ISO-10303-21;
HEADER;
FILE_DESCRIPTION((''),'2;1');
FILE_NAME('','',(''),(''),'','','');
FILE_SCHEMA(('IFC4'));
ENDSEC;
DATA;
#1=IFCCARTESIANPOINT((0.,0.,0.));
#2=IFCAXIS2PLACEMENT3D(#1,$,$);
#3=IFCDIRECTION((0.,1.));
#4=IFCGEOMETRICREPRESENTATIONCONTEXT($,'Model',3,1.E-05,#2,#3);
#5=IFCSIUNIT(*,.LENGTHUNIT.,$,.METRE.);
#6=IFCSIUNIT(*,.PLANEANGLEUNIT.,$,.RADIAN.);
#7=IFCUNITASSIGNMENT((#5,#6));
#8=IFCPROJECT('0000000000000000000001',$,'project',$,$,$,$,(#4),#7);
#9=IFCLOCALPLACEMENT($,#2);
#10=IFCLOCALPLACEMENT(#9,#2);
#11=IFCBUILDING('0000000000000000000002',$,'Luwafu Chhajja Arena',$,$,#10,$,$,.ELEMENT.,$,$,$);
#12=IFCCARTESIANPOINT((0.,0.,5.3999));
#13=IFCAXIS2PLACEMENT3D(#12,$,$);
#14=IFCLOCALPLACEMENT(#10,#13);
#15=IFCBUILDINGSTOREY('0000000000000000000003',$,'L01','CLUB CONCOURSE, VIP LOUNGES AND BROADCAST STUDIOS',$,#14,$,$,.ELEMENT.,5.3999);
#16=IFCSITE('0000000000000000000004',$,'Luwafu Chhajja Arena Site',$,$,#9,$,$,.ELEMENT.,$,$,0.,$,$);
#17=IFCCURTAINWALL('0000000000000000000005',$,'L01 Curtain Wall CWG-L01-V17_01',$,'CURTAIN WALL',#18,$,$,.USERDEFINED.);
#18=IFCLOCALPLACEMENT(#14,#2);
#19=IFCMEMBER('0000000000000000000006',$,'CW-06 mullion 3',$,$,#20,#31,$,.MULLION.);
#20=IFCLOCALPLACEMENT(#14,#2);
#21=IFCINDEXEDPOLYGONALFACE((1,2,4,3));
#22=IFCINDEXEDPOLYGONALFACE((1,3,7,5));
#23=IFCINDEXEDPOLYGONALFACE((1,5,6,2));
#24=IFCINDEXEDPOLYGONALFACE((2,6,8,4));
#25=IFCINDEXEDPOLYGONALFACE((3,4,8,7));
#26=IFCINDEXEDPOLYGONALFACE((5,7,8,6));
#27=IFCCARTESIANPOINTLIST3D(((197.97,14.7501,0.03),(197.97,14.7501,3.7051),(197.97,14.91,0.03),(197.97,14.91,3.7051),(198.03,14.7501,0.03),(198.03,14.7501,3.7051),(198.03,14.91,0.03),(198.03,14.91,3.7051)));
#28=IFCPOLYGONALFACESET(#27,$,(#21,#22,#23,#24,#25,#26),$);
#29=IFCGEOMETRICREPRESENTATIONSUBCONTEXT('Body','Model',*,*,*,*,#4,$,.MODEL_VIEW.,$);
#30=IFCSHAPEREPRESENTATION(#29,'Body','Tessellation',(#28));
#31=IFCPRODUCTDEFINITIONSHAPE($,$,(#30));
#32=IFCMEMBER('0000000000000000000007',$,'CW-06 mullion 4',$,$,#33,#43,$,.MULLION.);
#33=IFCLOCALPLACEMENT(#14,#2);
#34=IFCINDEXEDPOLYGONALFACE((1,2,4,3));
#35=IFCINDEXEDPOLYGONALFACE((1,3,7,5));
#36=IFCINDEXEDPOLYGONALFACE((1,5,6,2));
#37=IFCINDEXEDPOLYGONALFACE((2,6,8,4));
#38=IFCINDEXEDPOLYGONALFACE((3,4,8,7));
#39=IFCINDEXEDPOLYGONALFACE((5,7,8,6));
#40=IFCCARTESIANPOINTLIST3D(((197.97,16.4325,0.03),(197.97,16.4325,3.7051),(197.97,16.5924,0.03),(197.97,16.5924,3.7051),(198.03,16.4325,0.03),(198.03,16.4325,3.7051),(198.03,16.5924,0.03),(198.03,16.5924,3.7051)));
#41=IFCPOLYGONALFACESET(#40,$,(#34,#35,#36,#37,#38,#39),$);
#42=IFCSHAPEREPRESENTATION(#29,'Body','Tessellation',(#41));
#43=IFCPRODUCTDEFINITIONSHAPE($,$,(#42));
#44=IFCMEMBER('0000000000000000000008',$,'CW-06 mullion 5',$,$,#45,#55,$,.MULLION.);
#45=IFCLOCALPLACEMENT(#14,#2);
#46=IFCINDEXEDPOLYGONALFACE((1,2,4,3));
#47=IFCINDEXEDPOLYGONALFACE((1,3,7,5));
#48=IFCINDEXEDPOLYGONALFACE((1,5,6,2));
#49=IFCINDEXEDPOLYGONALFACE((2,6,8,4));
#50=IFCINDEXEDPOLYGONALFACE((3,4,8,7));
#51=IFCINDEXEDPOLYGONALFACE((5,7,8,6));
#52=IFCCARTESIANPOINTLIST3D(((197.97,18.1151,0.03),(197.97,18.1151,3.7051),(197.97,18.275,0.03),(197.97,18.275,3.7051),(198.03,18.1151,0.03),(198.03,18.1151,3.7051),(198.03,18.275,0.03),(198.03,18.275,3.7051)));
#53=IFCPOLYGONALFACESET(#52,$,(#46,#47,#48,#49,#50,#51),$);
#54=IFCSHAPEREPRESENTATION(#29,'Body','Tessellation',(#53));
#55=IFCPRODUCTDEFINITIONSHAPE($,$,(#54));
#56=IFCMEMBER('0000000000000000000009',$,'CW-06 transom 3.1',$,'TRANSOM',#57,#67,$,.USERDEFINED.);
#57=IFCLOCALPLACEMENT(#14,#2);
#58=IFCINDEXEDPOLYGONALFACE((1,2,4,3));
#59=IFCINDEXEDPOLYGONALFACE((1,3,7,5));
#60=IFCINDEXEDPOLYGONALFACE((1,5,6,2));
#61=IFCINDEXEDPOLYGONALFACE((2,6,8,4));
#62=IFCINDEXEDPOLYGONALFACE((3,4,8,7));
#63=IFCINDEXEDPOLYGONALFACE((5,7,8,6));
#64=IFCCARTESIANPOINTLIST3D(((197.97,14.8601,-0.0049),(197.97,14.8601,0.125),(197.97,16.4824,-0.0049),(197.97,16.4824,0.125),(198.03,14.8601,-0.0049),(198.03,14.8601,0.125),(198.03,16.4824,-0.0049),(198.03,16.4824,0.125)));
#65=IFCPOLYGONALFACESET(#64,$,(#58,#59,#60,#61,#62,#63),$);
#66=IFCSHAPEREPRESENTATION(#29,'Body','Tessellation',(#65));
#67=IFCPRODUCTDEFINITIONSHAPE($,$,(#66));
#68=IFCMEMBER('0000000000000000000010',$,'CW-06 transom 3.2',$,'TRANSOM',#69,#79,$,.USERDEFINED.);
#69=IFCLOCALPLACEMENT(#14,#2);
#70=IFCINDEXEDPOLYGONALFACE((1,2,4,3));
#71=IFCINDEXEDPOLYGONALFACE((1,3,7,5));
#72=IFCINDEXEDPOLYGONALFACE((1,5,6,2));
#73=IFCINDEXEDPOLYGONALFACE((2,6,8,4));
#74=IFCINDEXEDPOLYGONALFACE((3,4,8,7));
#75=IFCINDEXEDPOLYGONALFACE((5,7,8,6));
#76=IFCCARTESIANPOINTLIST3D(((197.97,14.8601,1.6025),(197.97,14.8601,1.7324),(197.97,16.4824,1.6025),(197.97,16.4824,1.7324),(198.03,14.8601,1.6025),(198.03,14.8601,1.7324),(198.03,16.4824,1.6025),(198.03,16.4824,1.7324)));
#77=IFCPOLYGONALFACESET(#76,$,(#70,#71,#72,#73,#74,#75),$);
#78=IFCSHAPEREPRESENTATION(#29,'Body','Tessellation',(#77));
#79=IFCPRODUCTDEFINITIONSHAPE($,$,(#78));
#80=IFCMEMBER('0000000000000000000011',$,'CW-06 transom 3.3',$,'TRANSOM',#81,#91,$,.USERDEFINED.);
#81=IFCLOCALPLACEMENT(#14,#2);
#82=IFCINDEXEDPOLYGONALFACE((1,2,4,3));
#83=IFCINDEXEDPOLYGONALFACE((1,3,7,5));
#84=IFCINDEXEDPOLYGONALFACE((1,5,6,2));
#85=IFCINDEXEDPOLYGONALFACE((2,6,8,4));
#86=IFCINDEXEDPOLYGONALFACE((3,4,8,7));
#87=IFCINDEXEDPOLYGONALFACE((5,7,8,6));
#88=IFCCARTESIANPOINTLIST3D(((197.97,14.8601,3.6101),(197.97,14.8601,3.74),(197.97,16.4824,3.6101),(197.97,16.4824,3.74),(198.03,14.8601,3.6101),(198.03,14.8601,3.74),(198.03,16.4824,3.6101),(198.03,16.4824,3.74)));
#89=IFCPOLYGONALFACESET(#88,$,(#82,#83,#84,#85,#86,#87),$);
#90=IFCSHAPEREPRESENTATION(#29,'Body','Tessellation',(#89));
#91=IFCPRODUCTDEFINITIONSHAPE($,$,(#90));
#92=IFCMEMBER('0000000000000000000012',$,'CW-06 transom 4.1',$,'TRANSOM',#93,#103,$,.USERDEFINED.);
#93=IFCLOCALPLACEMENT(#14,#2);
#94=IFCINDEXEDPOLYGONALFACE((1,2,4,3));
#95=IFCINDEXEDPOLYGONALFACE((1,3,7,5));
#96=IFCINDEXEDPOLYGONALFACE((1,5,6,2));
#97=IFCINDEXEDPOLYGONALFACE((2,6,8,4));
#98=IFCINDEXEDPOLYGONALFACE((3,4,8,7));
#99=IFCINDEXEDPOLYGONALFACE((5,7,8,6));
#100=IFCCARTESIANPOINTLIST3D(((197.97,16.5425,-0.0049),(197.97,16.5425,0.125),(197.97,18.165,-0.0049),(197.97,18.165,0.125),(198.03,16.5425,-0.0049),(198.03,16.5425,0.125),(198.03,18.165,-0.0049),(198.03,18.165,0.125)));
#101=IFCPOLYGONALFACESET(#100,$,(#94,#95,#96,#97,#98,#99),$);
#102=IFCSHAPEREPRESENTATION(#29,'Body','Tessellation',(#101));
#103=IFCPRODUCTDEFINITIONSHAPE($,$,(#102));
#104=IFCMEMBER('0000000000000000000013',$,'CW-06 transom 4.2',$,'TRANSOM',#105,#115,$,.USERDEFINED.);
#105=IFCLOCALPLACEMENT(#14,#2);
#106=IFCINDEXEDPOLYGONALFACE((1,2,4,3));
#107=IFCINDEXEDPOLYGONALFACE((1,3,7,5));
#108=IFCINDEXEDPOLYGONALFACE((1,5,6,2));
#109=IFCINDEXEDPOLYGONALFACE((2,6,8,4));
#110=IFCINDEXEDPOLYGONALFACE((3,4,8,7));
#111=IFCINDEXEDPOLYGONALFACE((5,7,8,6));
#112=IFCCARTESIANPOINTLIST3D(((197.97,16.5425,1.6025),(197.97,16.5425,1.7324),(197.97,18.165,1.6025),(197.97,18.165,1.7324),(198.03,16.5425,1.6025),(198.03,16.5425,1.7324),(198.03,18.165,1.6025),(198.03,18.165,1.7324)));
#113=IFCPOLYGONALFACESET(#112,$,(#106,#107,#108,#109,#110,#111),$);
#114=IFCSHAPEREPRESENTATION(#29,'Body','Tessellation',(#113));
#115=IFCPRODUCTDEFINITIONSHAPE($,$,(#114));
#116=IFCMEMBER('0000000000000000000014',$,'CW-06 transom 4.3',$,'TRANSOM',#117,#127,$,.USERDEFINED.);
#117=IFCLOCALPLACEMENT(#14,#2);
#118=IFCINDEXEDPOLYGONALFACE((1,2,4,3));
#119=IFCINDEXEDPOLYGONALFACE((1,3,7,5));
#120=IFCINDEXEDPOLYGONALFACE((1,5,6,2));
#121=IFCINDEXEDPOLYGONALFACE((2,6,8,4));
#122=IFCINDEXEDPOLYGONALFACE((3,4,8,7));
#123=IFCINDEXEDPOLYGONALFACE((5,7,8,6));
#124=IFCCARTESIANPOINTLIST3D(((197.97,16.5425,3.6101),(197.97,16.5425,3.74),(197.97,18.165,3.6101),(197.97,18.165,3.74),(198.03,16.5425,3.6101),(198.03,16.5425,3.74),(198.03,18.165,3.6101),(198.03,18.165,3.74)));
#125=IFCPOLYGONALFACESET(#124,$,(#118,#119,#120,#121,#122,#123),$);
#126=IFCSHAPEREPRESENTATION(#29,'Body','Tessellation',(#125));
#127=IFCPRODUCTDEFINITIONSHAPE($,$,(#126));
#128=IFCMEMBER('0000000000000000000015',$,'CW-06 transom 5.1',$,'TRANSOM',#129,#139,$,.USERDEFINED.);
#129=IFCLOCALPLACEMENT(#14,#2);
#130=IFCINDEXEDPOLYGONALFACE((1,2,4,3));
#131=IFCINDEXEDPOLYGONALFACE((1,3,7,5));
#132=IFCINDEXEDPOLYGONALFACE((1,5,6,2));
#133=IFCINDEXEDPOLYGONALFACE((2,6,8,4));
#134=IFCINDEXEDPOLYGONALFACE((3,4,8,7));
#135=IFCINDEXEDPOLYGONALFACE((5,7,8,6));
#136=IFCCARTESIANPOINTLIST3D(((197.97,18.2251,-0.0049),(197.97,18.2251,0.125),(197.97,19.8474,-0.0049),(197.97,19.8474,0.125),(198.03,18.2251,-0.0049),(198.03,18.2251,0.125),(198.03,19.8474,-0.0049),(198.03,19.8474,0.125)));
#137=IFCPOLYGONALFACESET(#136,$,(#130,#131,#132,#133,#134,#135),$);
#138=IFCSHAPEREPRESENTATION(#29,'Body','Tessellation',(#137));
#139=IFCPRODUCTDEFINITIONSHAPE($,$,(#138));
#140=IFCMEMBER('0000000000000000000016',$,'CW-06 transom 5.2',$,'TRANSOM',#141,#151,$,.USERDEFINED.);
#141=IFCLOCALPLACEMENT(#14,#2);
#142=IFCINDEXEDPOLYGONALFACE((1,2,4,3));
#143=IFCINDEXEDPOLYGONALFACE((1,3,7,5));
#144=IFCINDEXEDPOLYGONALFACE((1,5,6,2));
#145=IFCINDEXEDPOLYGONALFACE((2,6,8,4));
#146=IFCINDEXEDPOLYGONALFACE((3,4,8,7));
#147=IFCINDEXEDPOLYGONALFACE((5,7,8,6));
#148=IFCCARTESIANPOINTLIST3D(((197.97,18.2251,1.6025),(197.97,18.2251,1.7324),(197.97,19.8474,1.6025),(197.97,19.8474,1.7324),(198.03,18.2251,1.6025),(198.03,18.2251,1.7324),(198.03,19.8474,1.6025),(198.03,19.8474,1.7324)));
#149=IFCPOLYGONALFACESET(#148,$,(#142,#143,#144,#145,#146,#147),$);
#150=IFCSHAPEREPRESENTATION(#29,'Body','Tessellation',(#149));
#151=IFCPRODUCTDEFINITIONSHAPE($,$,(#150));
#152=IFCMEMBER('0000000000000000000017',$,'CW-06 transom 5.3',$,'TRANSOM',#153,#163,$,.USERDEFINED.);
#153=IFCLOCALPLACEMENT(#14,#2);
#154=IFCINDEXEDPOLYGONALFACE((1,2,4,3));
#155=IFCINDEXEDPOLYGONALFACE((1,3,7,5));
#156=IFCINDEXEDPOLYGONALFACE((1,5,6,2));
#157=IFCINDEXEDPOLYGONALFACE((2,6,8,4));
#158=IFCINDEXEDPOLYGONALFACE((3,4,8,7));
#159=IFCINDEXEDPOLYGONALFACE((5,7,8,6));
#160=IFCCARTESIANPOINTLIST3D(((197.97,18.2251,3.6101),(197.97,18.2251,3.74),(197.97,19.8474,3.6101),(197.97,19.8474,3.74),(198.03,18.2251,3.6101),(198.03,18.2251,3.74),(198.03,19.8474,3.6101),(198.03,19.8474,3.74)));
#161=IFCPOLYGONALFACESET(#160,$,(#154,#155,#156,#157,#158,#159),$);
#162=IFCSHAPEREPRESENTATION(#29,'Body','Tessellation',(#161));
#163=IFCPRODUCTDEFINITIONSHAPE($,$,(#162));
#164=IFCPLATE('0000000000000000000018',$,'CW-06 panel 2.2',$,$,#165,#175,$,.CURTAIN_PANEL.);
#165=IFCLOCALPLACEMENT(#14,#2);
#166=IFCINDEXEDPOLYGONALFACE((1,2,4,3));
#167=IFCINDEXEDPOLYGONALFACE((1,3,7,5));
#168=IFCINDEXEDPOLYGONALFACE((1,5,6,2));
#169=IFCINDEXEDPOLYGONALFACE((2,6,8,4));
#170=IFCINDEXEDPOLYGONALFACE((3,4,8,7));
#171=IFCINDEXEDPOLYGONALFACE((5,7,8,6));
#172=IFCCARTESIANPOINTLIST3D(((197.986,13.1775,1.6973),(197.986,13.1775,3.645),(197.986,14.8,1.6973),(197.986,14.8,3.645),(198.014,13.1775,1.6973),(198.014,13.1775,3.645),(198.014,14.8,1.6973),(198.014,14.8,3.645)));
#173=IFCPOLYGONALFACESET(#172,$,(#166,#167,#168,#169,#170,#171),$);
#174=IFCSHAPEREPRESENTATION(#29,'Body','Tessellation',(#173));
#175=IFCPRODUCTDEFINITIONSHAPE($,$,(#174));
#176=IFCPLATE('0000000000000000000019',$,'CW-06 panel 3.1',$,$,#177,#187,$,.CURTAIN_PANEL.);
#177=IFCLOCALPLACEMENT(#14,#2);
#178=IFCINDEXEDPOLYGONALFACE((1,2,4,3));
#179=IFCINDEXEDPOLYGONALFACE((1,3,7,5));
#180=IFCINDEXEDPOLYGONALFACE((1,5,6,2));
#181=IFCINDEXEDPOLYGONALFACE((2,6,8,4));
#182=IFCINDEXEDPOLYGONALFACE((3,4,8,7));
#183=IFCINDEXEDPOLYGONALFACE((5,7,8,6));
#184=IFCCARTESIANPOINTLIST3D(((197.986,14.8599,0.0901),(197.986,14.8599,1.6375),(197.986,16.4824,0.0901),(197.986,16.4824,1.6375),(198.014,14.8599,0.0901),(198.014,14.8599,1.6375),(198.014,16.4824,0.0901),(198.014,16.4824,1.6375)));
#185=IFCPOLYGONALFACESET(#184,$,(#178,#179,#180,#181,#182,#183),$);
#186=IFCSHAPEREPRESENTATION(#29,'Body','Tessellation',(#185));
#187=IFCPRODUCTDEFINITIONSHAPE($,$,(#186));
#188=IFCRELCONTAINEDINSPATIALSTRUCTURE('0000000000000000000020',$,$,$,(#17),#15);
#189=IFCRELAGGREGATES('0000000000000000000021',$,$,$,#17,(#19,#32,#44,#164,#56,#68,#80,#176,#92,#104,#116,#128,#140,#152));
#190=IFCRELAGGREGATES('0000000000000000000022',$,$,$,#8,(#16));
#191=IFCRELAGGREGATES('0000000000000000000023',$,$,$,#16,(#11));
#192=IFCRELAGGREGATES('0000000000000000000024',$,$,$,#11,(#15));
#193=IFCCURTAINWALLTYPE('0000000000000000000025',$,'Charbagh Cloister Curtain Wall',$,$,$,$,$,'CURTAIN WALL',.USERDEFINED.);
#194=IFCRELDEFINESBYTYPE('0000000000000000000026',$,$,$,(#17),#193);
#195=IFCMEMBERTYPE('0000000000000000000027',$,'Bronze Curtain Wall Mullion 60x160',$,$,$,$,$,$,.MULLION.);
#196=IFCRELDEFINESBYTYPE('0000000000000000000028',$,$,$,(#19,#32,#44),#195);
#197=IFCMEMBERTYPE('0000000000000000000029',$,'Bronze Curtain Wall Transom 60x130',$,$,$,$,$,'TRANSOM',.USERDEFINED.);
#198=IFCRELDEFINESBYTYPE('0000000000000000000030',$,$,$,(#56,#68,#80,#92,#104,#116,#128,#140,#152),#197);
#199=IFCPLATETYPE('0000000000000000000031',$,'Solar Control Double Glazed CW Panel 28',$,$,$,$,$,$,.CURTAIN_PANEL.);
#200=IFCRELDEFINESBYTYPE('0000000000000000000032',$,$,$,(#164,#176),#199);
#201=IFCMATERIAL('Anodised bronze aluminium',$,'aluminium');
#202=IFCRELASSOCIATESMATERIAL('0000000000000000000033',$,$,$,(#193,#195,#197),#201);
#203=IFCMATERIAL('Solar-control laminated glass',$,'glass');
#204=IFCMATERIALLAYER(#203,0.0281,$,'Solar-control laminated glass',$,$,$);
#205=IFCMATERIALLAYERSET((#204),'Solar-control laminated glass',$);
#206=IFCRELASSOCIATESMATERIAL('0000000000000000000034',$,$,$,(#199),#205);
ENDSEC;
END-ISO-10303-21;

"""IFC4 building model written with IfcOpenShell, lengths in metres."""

from ifc_helpers import new_model, si_unit, direction, frame, origin, origin_2d, place, context, subcontext, project, spatial, rectangle, extrude, material, layer, layer_set, material_profile, profile_set, type_object, element, aggregate, save


model = new_model("IFC4")

# Units and contexts
model_context = context("Model", 3, precision=1e-05, world=origin(), true_north=direction((0.0, 1.0)))
body_context = subcontext(model_context, "Body", "Model", "MODEL_VIEW")
ifc_project = project(units=[si_unit("LENGTHUNIT", "METRE"), si_unit("PLANEANGLEUNIT", "RADIAN")], contexts=[model_context])

# Site, building, storey
site_placement = place(None, origin())
site = spatial("IfcSite", under=ifc_project, at=site_placement, Name="Luwafu Chhajja Arena Site", CompositionType="ELEMENT", RefElevation=0.0)
building_placement = place(site_placement, origin())
building = spatial("IfcBuilding", under=site, at=building_placement, Name="Luwafu Chhajja Arena", CompositionType="ELEMENT")
storey_placement = place(building_placement, frame((0.0, 0.0, 5.3999)))
storey = spatial("IfcBuildingStorey", under=building, at=storey_placement, Name="L01", Description="CLUB CONCOURSE, VIP LOUNGES AND BROADCAST STUDIOS", CompositionType="ELEMENT", Elevation=5.3999)

# Curtain wall, members, plates
ifc_material_1 = material(Name="Anodised bronze aluminium", Category="aluminium")
curtain_wall_type = type_object("IfcCurtainWallType", Name="Charbagh Cloister Curtain Wall", ElementType="CURTAIN WALL", PredefinedType="USERDEFINED", material=ifc_material_1)
curtain_wall_placement = place(storey_placement, origin())
curtain_wall = element("IfcCurtainWall", 1, at=curtain_wall_placement, inside=storey, type_object=curtain_wall_type, Name="L01 Curtain Wall CWG-L01-V17_01", ObjectType="CURTAIN WALL", PredefinedType="USERDEFINED")
ifc_material_profile_1 = material_profile(ifc_material_1, rectangle(XDim=0.0601, YDim=0.1599, at=origin_2d()), Name="CWM 60x160")
ifc_profile_set_1 = profile_set([ifc_material_profile_1], Name="Anodised bronze aluminium")
member_type_1 = type_object("IfcMemberType", Name="Bronze Curtain Wall Mullion 60x160", PredefinedType="MULLION", material=ifc_profile_set_1)
member_1_placement = place(storey_placement, frame((198.0, 14.8301, 0.03), z_axis=(0.0, 0.0, 1.0), x_axis=(-1.0, 0.0, 0.0)))
member_1 = element("IfcMember", 2, at=member_1_placement, type_object=member_type_1, Name="CW-06 mullion 3", PredefinedType="MULLION", context=body_context, shape_type="SweptSolid", body=[
    extrude(rectangle(XDim=0.0601, YDim=0.1599, at=origin_2d()), origin(), (0.0, 0.0, 1.0), 3.675),
])
member_2_placement = place(storey_placement, frame((198.0, 16.5125, 0.03), z_axis=(0.0, 0.0, 1.0), x_axis=(-1.0, 0.0, 0.0)))
member_2 = element("IfcMember", 3, at=member_2_placement, type_object=member_type_1, Name="CW-06 mullion 4", PredefinedType="MULLION", context=body_context, shape_type="SweptSolid", body=[
    extrude(rectangle(XDim=0.0601, YDim=0.1599, at=origin_2d()), origin(), (0.0, 0.0, 1.0), 3.675),
])
member_3_placement = place(storey_placement, frame((198.0, 18.1951, 0.03), z_axis=(0.0, 0.0, 1.0), x_axis=(-1.0, 0.0, 0.0)))
member_3 = element("IfcMember", 4, at=member_3_placement, type_object=member_type_1, Name="CW-06 mullion 5", PredefinedType="MULLION", context=body_context, shape_type="SweptSolid", body=[
    extrude(rectangle(XDim=0.0601, YDim=0.1599, at=origin_2d()), origin(), (0.0, 0.0, 1.0), 3.675),
])
ifc_material_profile_2 = material_profile(ifc_material_1, rectangle(XDim=0.0601, YDim=0.1299, at=origin_2d()), Name="CWT 60x130")
ifc_profile_set_2 = profile_set([ifc_material_profile_2], Name="Anodised bronze aluminium")
member_type_2 = type_object("IfcMemberType", Name="Bronze Curtain Wall Transom 60x130", ElementType="TRANSOM", PredefinedType="USERDEFINED", material=ifc_profile_set_2)
member_4_placement = place(storey_placement, frame((198.0, 14.8601, 0.0601), z_axis=(0.0, 1.0, 0.0), x_axis=(-1.0, 0.0, 0.0)))
member_4 = element("IfcMember", 5, at=member_4_placement, type_object=member_type_2, Name="CW-06 transom 3.1", ObjectType="TRANSOM", PredefinedType="USERDEFINED", context=body_context, shape_type="SweptSolid", body=[
    extrude(rectangle(XDim=0.0601, YDim=0.1299, at=origin_2d()), origin(), (0.0, 0.0, 1.0), 1.6223),
])
member_5_placement = place(storey_placement, frame((198.0, 14.8601, 1.6675), z_axis=(0.0, 1.0, 0.0), x_axis=(-1.0, 0.0, 0.0)))
member_5 = element("IfcMember", 6, at=member_5_placement, type_object=member_type_2, Name="CW-06 transom 3.2", ObjectType="TRANSOM", PredefinedType="USERDEFINED", context=body_context, shape_type="SweptSolid", body=[
    extrude(rectangle(XDim=0.0601, YDim=0.1299, at=origin_2d()), origin(), (0.0, 0.0, 1.0), 1.6223),
])
member_6_placement = place(storey_placement, frame((198.0, 14.8601, 3.675), z_axis=(0.0, 1.0, 0.0), x_axis=(-1.0, 0.0, 0.0)))
member_6 = element("IfcMember", 7, at=member_6_placement, type_object=member_type_2, Name="CW-06 transom 3.3", ObjectType="TRANSOM", PredefinedType="USERDEFINED", context=body_context, shape_type="SweptSolid", body=[
    extrude(rectangle(XDim=0.0601, YDim=0.1299, at=origin_2d()), origin(), (0.0, 0.0, 1.0), 1.6223),
])
member_7_placement = place(storey_placement, frame((198.0, 16.5425, 0.0601), z_axis=(0.0, 1.0, 0.0), x_axis=(-1.0, 0.0, 0.0)))
member_7 = element("IfcMember", 8, at=member_7_placement, type_object=member_type_2, Name="CW-06 transom 4.1", ObjectType="TRANSOM", PredefinedType="USERDEFINED", context=body_context, shape_type="SweptSolid", body=[
    extrude(rectangle(XDim=0.0601, YDim=0.1299, at=origin_2d()), origin(), (0.0, 0.0, 1.0), 1.6226),
])
member_8_placement = place(storey_placement, frame((198.0, 16.5425, 1.6675), z_axis=(0.0, 1.0, 0.0), x_axis=(-1.0, 0.0, 0.0)))
member_8 = element("IfcMember", 9, at=member_8_placement, type_object=member_type_2, Name="CW-06 transom 4.2", ObjectType="TRANSOM", PredefinedType="USERDEFINED", context=body_context, shape_type="SweptSolid", body=[
    extrude(rectangle(XDim=0.0601, YDim=0.1299, at=origin_2d()), origin(), (0.0, 0.0, 1.0), 1.6226),
])
member_9_placement = place(storey_placement, frame((198.0, 16.5425, 3.675), z_axis=(0.0, 1.0, 0.0), x_axis=(-1.0, 0.0, 0.0)))
member_9 = element("IfcMember", 10, at=member_9_placement, type_object=member_type_2, Name="CW-06 transom 4.3", ObjectType="TRANSOM", PredefinedType="USERDEFINED", context=body_context, shape_type="SweptSolid", body=[
    extrude(rectangle(XDim=0.0601, YDim=0.1299, at=origin_2d()), origin(), (0.0, 0.0, 1.0), 1.6226),
])
member_10_placement = place(storey_placement, frame((198.0, 18.2251, 0.0601), z_axis=(0.0, 1.0, 0.0), x_axis=(-1.0, 0.0, 0.0)))
member_10 = element("IfcMember", 11, at=member_10_placement, type_object=member_type_2, Name="CW-06 transom 5.1", ObjectType="TRANSOM", PredefinedType="USERDEFINED", context=body_context, shape_type="SweptSolid", body=[
    extrude(rectangle(XDim=0.0601, YDim=0.1299, at=origin_2d()), origin(), (0.0, 0.0, 1.0), 1.6223),
])
member_11_placement = place(storey_placement, frame((198.0, 18.2251, 1.6675), z_axis=(0.0, 1.0, 0.0), x_axis=(-1.0, 0.0, 0.0)))
member_11 = element("IfcMember", 12, at=member_11_placement, type_object=member_type_2, Name="CW-06 transom 5.2", ObjectType="TRANSOM", PredefinedType="USERDEFINED", context=body_context, shape_type="SweptSolid", body=[
    extrude(rectangle(XDim=0.0601, YDim=0.1299, at=origin_2d()), origin(), (0.0, 0.0, 1.0), 1.6223),
])
member_12_placement = place(storey_placement, frame((198.0, 18.2251, 3.675), z_axis=(0.0, 1.0, 0.0), x_axis=(-1.0, 0.0, 0.0)))
member_12 = element("IfcMember", 13, at=member_12_placement, type_object=member_type_2, Name="CW-06 transom 5.3", ObjectType="TRANSOM", PredefinedType="USERDEFINED", context=body_context, shape_type="SweptSolid", body=[
    extrude(rectangle(XDim=0.0601, YDim=0.1299, at=origin_2d()), origin(), (0.0, 0.0, 1.0), 1.6223),
])
ifc_material_2 = material(Name="Solar-control laminated glass", Category="glass")
ifc_layer_1 = layer(ifc_material_2, 0.0281, Name="Solar-control laminated glass")
ifc_layer_set_1 = layer_set([ifc_layer_1], Name="Solar-control laminated glass")
plate_type = type_object("IfcPlateType", Name="Solar Control Double Glazed CW Panel 28", PredefinedType="CURTAIN_PANEL", material=ifc_layer_set_1)
plate_1_placement = place(storey_placement, frame((198.0, 13.9888, 1.6973), z_axis=(0.0, 0.0, 1.0), x_axis=(0.0, 1.0, 0.0)))
plate_1 = element("IfcPlate", 14, at=plate_1_placement, type_object=plate_type, Name="CW-06 panel 2.2", PredefinedType="CURTAIN_PANEL", context=body_context, shape_type="SweptSolid", body=[
    extrude(rectangle(XDim=1.6226, YDim=0.0281, at=origin_2d()), origin(), (0.0, 0.0, 1.0), 1.9478),
])
plate_2_placement = place(storey_placement, frame((198.0, 15.6711, 0.0901), z_axis=(0.0, 0.0, 1.0), x_axis=(0.0, 1.0, 0.0)))
plate_2 = element("IfcPlate", 15, at=plate_2_placement, type_object=plate_type, Name="CW-06 panel 3.1", PredefinedType="CURTAIN_PANEL", context=body_context, shape_type="SweptSolid", body=[
    extrude(rectangle(XDim=1.6226, YDim=0.0281, at=origin_2d()), origin(), (0.0, 0.0, 1.0), 1.5474),
])
aggregate(curtain_wall, [member_1, member_2, member_3, plate_1, member_4, member_5, member_6, plate_2, member_7, member_8, member_9, member_10, member_11, member_12])

save(model, "model.ifc")
